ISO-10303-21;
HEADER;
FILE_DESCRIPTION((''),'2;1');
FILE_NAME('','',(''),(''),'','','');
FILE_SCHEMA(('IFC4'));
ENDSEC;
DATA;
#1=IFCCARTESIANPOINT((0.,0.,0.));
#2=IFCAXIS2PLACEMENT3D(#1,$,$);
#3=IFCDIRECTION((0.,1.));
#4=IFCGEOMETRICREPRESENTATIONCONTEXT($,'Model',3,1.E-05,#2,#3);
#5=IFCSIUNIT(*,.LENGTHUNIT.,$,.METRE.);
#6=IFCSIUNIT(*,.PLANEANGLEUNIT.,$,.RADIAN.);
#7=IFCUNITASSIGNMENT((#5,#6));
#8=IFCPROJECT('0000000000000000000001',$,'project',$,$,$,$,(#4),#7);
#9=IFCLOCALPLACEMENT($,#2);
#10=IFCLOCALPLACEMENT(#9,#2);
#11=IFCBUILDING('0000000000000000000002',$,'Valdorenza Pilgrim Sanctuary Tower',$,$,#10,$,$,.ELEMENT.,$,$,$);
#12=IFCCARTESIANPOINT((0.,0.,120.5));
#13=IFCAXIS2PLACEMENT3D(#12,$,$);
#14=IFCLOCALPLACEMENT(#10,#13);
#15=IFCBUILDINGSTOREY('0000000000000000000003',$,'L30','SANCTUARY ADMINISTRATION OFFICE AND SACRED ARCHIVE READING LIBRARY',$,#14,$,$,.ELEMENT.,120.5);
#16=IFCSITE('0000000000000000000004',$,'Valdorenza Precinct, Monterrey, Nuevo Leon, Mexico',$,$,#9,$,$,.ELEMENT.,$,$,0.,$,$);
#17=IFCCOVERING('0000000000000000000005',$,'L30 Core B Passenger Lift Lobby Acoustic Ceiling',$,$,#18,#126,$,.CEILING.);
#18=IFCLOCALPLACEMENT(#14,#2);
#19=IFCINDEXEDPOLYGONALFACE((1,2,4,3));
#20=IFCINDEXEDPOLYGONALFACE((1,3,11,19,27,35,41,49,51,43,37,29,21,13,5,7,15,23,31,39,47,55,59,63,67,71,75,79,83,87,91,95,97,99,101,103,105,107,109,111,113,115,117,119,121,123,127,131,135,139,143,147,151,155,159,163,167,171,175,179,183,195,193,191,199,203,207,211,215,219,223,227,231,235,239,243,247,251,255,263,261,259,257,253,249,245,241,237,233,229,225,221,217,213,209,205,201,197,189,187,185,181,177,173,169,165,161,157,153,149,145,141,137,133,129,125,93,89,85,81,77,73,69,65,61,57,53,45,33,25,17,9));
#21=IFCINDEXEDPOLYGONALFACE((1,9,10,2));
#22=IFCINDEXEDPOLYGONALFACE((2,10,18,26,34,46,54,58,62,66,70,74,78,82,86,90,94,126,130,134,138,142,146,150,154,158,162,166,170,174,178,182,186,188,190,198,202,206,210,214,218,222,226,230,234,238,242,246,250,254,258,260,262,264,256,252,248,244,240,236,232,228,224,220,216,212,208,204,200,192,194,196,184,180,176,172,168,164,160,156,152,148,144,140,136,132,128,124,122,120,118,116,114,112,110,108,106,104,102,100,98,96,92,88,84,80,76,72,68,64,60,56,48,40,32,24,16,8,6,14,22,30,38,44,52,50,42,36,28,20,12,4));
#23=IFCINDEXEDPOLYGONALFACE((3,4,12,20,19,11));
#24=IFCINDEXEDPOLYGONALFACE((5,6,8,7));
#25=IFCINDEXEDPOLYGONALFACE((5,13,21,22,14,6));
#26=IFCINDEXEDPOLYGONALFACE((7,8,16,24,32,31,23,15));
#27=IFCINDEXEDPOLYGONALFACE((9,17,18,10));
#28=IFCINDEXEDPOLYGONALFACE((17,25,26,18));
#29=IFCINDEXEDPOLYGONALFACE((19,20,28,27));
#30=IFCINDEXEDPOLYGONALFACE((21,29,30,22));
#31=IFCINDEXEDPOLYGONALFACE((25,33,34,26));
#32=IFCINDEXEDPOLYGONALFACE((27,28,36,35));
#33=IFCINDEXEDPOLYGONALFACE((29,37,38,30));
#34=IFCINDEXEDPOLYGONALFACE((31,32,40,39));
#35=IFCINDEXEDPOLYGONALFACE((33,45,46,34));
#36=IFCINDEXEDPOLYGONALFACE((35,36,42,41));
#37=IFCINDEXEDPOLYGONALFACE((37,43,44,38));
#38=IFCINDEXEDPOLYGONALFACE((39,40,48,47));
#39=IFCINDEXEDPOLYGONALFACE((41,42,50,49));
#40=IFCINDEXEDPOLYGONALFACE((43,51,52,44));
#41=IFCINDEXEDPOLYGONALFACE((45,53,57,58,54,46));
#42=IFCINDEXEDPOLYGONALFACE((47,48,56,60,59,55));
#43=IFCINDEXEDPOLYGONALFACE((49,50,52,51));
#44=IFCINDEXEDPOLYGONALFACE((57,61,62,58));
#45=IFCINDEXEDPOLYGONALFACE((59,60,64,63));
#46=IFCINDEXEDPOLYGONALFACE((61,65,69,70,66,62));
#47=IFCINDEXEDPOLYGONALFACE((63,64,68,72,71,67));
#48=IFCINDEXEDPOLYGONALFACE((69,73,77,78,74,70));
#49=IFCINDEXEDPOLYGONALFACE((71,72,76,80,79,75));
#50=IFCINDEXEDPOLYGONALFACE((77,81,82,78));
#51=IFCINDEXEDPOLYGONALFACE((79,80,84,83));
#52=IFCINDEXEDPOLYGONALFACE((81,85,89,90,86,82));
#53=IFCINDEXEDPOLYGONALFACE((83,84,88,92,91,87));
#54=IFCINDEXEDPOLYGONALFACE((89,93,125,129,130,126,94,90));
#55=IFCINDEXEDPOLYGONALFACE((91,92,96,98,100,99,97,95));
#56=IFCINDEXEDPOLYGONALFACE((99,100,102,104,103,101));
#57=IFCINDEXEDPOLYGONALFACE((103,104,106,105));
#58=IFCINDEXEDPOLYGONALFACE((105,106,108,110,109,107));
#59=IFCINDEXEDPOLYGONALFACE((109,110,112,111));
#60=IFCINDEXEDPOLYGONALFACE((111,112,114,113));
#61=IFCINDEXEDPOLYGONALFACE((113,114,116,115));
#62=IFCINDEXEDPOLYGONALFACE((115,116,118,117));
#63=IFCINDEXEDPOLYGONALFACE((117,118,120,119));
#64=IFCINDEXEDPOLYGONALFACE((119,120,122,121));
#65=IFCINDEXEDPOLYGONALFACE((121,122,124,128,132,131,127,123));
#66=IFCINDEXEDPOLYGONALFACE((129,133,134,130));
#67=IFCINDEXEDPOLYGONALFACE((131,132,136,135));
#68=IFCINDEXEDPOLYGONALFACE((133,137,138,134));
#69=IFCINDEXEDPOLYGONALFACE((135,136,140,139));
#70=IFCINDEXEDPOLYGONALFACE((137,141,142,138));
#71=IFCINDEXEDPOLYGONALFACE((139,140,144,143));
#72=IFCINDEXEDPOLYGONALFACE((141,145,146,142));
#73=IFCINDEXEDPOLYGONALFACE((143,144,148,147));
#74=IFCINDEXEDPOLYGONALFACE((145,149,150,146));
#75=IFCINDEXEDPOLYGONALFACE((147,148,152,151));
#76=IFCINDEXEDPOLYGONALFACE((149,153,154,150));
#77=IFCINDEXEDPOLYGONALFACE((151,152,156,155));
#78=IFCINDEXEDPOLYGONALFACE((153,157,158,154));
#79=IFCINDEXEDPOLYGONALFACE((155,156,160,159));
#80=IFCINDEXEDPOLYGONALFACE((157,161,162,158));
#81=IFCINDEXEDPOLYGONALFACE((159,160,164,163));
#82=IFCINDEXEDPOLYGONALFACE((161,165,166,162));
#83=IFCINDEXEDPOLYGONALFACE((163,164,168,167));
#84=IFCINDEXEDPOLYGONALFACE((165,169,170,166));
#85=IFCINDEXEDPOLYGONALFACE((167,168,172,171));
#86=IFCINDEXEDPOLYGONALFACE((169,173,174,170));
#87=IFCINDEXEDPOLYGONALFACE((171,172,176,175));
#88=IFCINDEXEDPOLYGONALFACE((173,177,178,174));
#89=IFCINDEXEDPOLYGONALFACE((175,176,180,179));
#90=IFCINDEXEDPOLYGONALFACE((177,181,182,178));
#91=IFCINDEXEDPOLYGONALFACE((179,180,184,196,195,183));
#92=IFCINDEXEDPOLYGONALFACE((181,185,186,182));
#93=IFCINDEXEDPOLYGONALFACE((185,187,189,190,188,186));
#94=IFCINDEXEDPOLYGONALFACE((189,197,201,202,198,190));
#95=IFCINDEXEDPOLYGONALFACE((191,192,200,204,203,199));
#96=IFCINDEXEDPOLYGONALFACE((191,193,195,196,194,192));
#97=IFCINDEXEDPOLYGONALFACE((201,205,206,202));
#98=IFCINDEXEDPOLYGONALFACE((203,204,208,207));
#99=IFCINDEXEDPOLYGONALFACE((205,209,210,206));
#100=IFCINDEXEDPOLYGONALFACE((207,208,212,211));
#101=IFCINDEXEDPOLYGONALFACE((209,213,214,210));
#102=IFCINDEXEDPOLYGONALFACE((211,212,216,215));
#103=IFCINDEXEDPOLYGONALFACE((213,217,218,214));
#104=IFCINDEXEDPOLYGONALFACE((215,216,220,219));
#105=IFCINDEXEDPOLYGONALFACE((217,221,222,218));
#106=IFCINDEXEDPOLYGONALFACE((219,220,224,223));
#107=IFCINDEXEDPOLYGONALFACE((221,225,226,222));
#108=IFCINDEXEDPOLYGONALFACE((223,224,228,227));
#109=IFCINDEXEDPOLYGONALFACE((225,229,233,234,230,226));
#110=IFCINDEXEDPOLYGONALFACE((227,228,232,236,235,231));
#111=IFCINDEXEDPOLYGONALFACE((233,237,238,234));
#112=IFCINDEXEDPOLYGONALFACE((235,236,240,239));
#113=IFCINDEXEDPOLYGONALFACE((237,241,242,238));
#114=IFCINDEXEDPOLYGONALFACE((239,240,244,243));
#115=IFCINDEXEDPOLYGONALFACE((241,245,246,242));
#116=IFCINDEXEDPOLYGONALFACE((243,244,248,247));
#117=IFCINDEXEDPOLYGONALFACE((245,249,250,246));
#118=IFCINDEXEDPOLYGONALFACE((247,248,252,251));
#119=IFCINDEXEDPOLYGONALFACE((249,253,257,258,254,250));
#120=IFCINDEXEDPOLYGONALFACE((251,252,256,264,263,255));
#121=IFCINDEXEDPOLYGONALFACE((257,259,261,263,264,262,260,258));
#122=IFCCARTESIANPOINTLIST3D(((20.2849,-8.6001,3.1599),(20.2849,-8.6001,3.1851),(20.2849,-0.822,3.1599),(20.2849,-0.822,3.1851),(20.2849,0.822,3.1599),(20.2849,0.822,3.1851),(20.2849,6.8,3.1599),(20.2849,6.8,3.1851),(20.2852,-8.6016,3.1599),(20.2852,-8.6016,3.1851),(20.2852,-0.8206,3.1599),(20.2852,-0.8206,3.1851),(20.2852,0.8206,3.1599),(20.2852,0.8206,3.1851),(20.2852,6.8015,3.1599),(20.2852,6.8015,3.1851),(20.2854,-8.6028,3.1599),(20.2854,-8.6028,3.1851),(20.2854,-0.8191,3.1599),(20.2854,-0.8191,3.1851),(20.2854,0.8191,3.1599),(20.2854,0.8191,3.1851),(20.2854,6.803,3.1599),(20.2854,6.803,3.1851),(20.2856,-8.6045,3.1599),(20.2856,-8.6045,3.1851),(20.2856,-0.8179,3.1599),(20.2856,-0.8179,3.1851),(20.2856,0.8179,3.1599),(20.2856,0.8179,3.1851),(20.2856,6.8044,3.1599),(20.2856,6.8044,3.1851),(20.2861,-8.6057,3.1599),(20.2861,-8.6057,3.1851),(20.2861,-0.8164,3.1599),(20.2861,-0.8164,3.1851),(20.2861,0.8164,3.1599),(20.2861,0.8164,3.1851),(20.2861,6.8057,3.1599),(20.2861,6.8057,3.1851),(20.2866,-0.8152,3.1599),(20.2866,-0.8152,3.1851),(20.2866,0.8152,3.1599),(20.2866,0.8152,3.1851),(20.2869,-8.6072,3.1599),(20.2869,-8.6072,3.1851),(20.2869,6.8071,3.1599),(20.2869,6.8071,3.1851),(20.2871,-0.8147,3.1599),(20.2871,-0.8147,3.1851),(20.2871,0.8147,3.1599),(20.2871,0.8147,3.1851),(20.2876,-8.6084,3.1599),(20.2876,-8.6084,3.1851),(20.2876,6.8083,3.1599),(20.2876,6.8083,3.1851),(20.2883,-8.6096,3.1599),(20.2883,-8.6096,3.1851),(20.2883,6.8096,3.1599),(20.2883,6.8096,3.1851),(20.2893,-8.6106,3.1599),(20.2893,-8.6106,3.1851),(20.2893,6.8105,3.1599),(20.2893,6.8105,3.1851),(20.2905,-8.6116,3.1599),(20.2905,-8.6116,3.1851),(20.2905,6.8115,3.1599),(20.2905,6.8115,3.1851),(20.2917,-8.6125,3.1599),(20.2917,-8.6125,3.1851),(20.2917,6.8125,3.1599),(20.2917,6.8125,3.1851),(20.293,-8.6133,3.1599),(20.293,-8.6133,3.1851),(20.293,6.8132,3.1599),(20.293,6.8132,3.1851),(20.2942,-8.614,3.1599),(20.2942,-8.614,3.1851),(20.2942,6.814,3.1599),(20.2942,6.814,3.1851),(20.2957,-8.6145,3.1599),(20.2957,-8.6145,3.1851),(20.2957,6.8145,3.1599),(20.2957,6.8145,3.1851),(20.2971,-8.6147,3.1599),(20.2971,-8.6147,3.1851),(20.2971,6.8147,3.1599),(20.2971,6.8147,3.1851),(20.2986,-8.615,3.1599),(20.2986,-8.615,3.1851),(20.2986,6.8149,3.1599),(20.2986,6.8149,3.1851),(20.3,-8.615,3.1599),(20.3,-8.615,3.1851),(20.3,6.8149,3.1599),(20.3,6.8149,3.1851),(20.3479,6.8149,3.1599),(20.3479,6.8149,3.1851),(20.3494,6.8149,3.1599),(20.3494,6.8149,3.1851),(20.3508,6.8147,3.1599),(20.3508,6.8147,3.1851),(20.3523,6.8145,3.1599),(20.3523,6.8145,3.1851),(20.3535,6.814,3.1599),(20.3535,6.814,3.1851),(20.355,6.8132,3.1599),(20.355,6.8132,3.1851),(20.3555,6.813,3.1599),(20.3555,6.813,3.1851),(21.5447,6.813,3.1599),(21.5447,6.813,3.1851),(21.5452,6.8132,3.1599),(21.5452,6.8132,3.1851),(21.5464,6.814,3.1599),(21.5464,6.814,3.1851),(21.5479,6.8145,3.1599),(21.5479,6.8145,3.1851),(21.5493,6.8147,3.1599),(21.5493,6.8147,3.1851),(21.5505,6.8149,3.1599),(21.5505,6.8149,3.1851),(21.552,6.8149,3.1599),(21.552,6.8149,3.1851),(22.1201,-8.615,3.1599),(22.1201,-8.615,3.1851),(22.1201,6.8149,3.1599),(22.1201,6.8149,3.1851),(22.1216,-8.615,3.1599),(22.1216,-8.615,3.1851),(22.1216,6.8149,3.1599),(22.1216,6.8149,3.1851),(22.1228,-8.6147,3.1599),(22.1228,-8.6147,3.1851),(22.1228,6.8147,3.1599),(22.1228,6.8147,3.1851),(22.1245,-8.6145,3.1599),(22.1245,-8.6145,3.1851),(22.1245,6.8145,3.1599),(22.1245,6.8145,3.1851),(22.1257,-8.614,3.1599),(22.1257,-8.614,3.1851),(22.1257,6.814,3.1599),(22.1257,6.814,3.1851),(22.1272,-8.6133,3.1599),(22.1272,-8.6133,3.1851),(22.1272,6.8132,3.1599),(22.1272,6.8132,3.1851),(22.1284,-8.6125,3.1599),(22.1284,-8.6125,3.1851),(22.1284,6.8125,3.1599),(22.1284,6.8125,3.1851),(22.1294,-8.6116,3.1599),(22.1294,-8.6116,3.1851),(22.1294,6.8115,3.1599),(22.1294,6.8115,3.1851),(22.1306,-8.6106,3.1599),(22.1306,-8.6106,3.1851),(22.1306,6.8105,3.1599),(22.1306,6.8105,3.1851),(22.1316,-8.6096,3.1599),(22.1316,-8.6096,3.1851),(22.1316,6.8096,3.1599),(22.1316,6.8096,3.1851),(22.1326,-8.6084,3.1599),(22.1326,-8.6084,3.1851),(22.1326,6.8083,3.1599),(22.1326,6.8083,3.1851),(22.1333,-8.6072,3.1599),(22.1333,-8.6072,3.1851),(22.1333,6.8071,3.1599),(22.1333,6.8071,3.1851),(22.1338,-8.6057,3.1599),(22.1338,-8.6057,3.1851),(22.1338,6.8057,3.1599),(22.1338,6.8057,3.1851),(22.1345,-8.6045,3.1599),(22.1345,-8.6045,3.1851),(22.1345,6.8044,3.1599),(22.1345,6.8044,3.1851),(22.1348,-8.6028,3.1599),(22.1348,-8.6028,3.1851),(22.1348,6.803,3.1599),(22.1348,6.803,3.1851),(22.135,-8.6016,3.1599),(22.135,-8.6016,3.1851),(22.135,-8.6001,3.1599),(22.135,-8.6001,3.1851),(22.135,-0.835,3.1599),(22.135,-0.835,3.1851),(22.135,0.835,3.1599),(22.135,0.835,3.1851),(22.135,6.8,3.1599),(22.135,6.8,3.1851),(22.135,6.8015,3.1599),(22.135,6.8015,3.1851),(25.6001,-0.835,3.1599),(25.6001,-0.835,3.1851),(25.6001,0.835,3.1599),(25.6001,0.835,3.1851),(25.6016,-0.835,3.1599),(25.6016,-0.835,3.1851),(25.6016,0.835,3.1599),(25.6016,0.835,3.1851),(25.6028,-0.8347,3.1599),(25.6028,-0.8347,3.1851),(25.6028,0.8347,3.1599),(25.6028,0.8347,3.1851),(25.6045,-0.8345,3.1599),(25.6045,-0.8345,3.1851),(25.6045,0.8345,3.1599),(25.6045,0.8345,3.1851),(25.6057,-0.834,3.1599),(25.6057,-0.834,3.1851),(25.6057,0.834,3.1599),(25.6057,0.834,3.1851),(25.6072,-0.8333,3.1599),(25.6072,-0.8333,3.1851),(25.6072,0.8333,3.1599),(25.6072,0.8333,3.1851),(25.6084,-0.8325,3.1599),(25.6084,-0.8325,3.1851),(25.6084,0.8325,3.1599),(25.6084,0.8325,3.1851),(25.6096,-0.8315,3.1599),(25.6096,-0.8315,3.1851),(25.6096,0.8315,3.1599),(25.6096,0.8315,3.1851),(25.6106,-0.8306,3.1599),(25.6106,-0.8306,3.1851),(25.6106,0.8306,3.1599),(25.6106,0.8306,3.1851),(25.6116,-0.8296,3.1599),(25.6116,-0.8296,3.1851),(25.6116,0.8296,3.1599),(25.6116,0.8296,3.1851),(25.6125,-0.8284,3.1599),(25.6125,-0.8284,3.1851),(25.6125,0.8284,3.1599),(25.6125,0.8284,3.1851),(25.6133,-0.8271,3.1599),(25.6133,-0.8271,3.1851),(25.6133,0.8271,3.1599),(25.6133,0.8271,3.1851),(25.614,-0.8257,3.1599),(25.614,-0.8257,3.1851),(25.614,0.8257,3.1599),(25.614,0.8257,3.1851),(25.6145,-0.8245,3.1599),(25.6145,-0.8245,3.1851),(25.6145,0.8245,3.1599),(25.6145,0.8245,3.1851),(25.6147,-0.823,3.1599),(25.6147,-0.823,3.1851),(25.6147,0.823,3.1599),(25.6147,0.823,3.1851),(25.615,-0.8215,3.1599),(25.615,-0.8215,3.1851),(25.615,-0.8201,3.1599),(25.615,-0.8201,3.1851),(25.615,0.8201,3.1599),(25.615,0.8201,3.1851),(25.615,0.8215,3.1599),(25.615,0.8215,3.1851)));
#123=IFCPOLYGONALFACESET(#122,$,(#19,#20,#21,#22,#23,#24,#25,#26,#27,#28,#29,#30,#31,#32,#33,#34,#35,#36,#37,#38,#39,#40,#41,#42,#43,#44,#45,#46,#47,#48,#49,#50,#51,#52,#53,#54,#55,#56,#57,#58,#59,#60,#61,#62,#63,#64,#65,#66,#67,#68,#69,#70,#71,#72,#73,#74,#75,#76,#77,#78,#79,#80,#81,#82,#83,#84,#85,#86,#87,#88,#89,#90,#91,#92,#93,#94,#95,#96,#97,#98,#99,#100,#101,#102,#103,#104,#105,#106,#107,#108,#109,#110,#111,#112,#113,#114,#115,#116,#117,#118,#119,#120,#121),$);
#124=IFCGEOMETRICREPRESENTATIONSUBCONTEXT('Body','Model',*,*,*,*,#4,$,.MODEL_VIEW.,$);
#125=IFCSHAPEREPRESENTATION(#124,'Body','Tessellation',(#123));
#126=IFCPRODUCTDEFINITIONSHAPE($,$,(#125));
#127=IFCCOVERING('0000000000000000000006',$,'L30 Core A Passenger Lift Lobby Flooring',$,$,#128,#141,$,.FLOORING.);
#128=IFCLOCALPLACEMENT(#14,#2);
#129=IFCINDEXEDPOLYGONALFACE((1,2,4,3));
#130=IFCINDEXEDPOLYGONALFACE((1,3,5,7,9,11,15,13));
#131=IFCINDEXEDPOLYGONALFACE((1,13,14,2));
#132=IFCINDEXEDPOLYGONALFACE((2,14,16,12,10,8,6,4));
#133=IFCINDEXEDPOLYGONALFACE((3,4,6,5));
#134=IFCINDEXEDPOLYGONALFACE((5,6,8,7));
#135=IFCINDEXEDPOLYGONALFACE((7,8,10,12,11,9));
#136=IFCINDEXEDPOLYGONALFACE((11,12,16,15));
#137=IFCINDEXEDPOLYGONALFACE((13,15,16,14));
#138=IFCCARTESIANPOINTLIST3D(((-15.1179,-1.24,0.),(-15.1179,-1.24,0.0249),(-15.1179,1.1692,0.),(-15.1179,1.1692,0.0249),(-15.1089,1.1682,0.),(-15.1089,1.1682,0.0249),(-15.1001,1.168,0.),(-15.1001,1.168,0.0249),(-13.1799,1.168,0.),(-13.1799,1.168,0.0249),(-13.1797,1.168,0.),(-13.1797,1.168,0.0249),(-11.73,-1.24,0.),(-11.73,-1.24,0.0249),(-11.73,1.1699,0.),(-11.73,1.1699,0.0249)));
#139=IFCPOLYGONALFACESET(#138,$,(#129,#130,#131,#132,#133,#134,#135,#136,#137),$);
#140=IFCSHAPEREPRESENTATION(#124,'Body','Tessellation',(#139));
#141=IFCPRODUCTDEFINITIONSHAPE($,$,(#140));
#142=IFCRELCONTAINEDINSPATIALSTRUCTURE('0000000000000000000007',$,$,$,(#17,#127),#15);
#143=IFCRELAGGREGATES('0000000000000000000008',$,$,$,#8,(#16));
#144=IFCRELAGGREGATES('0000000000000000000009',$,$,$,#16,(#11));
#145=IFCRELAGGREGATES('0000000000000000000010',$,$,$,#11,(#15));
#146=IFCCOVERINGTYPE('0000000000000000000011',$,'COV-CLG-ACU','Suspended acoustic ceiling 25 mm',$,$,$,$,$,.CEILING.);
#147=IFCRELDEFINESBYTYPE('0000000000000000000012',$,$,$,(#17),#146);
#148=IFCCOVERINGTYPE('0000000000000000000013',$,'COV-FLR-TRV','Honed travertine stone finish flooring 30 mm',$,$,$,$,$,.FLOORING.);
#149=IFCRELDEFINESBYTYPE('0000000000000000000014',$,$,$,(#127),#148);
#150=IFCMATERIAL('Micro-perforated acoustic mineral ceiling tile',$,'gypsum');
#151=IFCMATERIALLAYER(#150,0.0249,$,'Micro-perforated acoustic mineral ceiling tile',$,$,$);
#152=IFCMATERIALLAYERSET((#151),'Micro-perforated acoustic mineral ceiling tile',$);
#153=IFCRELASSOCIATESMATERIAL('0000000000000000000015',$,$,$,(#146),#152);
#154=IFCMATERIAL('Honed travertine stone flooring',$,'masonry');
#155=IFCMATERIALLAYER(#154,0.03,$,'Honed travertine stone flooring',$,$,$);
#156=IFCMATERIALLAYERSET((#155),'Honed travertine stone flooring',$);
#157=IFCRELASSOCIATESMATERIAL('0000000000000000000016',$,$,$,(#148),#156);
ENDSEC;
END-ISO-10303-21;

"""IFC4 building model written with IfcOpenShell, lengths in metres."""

from ifc_helpers import new_model, si_unit, direction, frame, origin, place, context, subcontext, project, spatial, polyline, outline, extrude, material, layer, layer_set, type_object, element, save


model = new_model("IFC4")

# Units and contexts
model_context = context("Model", 3, precision=1e-05, world=origin(), true_north=direction((0.0, 1.0)))
body_context = subcontext(model_context, "Body", "Model", "MODEL_VIEW")
ifc_project = project(units=[si_unit("LENGTHUNIT", "METRE"), si_unit("PLANEANGLEUNIT", "RADIAN")], contexts=[model_context])

# Site, building, storey
site_placement = place(None, origin())
site = spatial("IfcSite", under=ifc_project, at=site_placement, Name="Valdorenza Precinct, Monterrey, Nuevo Leon, Mexico", CompositionType="ELEMENT", RefElevation=0.0)
building_placement = place(site_placement, origin())
building = spatial("IfcBuilding", under=site, at=building_placement, Name="Valdorenza Pilgrim Sanctuary Tower", CompositionType="ELEMENT")
storey_placement = place(building_placement, frame((0.0, 0.0, 120.5)))
storey = spatial("IfcBuildingStorey", under=building, at=storey_placement, Name="L30", Description="SANCTUARY ADMINISTRATION OFFICE AND SACRED ARCHIVE READING LIBRARY", CompositionType="ELEMENT", Elevation=120.5)

# Coverings
ifc_material_1 = material(Name="Micro-perforated acoustic mineral ceiling tile", Category="gypsum")
ifc_layer_1 = layer(ifc_material_1, 0.0249, Name="Micro-perforated acoustic mineral ceiling tile")
ifc_layer_set_1 = layer_set([ifc_layer_1], Name="Micro-perforated acoustic mineral ceiling tile")
covering_type_1 = type_object("IfcCoveringType", Name="COV-CLG-ACU", Description="Suspended acoustic ceiling 25 mm", PredefinedType="CEILING", material=ifc_layer_set_1)
covering_1_placement = place(storey_placement, frame((0.0, 0.0, 3.1599)))
element("IfcCovering", 1, at=covering_1_placement, inside=storey, type_object=covering_type_1, Name="L30 Core B Passenger Lift Lobby Acoustic Ceiling", PredefinedType="CEILING", context=body_context, shape_type="SweptSolid", body=[
    extrude(outline(polyline([(20.2871, -0.8147), (20.2871, 0.8147), (20.2866, 0.8152), (20.2861, 0.8164), (20.2856, 0.8179), (20.2854, 0.8191), (20.2852, 0.8206), (20.2849, 0.822), (20.2849, 6.8), (20.2852, 6.8015), (20.2854, 6.803), (20.2856, 6.8044), (20.2861, 6.8057), (20.2869, 6.8071), (20.2876, 6.8083), (20.2883, 6.8096), (20.2893, 6.8105), (20.2905, 6.8115), (20.2917, 6.8125), (20.293, 6.8132), (20.2942, 6.814), (20.2957, 6.8145), (20.2971, 6.8147), (20.2986, 6.8149), (20.3, 6.8149), (20.3479, 6.8149), (20.3494, 6.8149), (20.3508, 6.8147), (20.3523, 6.8145), (20.3535, 6.814), (20.355, 6.8132), (20.3555, 6.813), (21.5447, 6.813), (21.5452, 6.8132), (21.5464, 6.814), (21.5479, 6.8145), (21.5493, 6.8147), (21.5505, 6.8149), (21.552, 6.8149), (22.1201, 6.8149), (22.1216, 6.8149), (22.1228, 6.8147), (22.1245, 6.8145), (22.1257, 6.814), (22.1272, 6.8132), (22.1284, 6.8125), (22.1294, 6.8115), (22.1306, 6.8105), (22.1316, 6.8096), (22.1326, 6.8083), (22.1333, 6.8071), (22.1338, 6.8057), (22.1345, 6.8044), (22.1348, 6.803), (22.135, 6.8015), (22.135, 6.8), (22.135, 0.835), (25.6001, 0.835), (25.6016, 0.835), (25.6028, 0.8347), (25.6045, 0.8345), (25.6057, 0.834), (25.6072, 0.8333), (25.6084, 0.8325), (25.6096, 0.8315), (25.6106, 0.8306), (25.6116, 0.8296), (25.6125, 0.8284), (25.6133, 0.8271), (25.614, 0.8257), (25.6145, 0.8245), (25.6147, 0.823), (25.615, 0.8215), (25.615, 0.8201), (25.615, -0.8201), (25.615, -0.8215), (25.6147, -0.823), (25.6145, -0.8245), (25.614, -0.8257), (25.6133, -0.8271), (25.6125, -0.8284), (25.6116, -0.8296), (25.6106, -0.8306), (25.6096, -0.8315), (25.6084, -0.8325), (25.6072, -0.8333), (25.6057, -0.834), (25.6045, -0.8345), (25.6028, -0.8347), (25.6016, -0.835), (25.6001, -0.835), (22.135, -0.835), (22.135, -8.6001), (22.135, -8.6016), (22.1348, -8.6028), (22.1345, -8.6045), (22.1338, -8.6057), (22.1333, -8.6072), (22.1326, -8.6084), (22.1316, -8.6096), (22.1306, -8.6106), (22.1294, -8.6116), (22.1284, -8.6125), (22.1272, -8.6133), (22.1257, -8.614), (22.1245, -8.6145), (22.1228, -8.6147), (22.1216, -8.615), (22.1201, -8.615), (20.3, -8.615), (20.2986, -8.615), (20.2971, -8.6147), (20.2957, -8.6145), (20.2942, -8.614), (20.293, -8.6133), (20.2917, -8.6125), (20.2905, -8.6116), (20.2893, -8.6106), (20.2883, -8.6096), (20.2876, -8.6084), (20.2869, -8.6072), (20.2861, -8.6057), (20.2856, -8.6045), (20.2854, -8.6028), (20.2852, -8.6016), (20.2849, -8.6001), (20.2849, -0.822), (20.2852, -0.8206), (20.2854, -0.8191), (20.2856, -0.8179), (20.2861, -0.8164), (20.2866, -0.8152), (20.2871, -0.8147)])), origin(), (0.0, 0.0, 1.0), 0.0251),
])
ifc_material_2 = material(Name="Honed travertine stone flooring", Category="masonry")
ifc_layer_2 = layer(ifc_material_2, 0.03, Name="Honed travertine stone flooring")
ifc_layer_set_2 = layer_set([ifc_layer_2], Name="Honed travertine stone flooring")
covering_type_2 = type_object("IfcCoveringType", Name="COV-FLR-TRV", Description="Honed travertine stone finish flooring 30 mm", PredefinedType="FLOORING", material=ifc_layer_set_2)
covering_2_placement = place(storey_placement, origin())
element("IfcCovering", 2, at=covering_2_placement, inside=storey, type_object=covering_type_2, Name="L30 Core A Passenger Lift Lobby Flooring", PredefinedType="FLOORING", context=body_context, shape_type="SweptSolid", body=[
    extrude(outline(polyline([(-15.1179, 1.1692), (-15.1089, 1.1682), (-15.1089, 1.1682), (-15.1001, 1.168), (-13.1799, 1.168), (-13.1797, 1.168), (-11.73, 1.1699), (-11.73, -1.24), (-15.1179, -1.24), (-15.1179, 1.1692)])), origin(), (0.0, 0.0, 1.0), 0.0249),
])

save(model, "model.ifc")
